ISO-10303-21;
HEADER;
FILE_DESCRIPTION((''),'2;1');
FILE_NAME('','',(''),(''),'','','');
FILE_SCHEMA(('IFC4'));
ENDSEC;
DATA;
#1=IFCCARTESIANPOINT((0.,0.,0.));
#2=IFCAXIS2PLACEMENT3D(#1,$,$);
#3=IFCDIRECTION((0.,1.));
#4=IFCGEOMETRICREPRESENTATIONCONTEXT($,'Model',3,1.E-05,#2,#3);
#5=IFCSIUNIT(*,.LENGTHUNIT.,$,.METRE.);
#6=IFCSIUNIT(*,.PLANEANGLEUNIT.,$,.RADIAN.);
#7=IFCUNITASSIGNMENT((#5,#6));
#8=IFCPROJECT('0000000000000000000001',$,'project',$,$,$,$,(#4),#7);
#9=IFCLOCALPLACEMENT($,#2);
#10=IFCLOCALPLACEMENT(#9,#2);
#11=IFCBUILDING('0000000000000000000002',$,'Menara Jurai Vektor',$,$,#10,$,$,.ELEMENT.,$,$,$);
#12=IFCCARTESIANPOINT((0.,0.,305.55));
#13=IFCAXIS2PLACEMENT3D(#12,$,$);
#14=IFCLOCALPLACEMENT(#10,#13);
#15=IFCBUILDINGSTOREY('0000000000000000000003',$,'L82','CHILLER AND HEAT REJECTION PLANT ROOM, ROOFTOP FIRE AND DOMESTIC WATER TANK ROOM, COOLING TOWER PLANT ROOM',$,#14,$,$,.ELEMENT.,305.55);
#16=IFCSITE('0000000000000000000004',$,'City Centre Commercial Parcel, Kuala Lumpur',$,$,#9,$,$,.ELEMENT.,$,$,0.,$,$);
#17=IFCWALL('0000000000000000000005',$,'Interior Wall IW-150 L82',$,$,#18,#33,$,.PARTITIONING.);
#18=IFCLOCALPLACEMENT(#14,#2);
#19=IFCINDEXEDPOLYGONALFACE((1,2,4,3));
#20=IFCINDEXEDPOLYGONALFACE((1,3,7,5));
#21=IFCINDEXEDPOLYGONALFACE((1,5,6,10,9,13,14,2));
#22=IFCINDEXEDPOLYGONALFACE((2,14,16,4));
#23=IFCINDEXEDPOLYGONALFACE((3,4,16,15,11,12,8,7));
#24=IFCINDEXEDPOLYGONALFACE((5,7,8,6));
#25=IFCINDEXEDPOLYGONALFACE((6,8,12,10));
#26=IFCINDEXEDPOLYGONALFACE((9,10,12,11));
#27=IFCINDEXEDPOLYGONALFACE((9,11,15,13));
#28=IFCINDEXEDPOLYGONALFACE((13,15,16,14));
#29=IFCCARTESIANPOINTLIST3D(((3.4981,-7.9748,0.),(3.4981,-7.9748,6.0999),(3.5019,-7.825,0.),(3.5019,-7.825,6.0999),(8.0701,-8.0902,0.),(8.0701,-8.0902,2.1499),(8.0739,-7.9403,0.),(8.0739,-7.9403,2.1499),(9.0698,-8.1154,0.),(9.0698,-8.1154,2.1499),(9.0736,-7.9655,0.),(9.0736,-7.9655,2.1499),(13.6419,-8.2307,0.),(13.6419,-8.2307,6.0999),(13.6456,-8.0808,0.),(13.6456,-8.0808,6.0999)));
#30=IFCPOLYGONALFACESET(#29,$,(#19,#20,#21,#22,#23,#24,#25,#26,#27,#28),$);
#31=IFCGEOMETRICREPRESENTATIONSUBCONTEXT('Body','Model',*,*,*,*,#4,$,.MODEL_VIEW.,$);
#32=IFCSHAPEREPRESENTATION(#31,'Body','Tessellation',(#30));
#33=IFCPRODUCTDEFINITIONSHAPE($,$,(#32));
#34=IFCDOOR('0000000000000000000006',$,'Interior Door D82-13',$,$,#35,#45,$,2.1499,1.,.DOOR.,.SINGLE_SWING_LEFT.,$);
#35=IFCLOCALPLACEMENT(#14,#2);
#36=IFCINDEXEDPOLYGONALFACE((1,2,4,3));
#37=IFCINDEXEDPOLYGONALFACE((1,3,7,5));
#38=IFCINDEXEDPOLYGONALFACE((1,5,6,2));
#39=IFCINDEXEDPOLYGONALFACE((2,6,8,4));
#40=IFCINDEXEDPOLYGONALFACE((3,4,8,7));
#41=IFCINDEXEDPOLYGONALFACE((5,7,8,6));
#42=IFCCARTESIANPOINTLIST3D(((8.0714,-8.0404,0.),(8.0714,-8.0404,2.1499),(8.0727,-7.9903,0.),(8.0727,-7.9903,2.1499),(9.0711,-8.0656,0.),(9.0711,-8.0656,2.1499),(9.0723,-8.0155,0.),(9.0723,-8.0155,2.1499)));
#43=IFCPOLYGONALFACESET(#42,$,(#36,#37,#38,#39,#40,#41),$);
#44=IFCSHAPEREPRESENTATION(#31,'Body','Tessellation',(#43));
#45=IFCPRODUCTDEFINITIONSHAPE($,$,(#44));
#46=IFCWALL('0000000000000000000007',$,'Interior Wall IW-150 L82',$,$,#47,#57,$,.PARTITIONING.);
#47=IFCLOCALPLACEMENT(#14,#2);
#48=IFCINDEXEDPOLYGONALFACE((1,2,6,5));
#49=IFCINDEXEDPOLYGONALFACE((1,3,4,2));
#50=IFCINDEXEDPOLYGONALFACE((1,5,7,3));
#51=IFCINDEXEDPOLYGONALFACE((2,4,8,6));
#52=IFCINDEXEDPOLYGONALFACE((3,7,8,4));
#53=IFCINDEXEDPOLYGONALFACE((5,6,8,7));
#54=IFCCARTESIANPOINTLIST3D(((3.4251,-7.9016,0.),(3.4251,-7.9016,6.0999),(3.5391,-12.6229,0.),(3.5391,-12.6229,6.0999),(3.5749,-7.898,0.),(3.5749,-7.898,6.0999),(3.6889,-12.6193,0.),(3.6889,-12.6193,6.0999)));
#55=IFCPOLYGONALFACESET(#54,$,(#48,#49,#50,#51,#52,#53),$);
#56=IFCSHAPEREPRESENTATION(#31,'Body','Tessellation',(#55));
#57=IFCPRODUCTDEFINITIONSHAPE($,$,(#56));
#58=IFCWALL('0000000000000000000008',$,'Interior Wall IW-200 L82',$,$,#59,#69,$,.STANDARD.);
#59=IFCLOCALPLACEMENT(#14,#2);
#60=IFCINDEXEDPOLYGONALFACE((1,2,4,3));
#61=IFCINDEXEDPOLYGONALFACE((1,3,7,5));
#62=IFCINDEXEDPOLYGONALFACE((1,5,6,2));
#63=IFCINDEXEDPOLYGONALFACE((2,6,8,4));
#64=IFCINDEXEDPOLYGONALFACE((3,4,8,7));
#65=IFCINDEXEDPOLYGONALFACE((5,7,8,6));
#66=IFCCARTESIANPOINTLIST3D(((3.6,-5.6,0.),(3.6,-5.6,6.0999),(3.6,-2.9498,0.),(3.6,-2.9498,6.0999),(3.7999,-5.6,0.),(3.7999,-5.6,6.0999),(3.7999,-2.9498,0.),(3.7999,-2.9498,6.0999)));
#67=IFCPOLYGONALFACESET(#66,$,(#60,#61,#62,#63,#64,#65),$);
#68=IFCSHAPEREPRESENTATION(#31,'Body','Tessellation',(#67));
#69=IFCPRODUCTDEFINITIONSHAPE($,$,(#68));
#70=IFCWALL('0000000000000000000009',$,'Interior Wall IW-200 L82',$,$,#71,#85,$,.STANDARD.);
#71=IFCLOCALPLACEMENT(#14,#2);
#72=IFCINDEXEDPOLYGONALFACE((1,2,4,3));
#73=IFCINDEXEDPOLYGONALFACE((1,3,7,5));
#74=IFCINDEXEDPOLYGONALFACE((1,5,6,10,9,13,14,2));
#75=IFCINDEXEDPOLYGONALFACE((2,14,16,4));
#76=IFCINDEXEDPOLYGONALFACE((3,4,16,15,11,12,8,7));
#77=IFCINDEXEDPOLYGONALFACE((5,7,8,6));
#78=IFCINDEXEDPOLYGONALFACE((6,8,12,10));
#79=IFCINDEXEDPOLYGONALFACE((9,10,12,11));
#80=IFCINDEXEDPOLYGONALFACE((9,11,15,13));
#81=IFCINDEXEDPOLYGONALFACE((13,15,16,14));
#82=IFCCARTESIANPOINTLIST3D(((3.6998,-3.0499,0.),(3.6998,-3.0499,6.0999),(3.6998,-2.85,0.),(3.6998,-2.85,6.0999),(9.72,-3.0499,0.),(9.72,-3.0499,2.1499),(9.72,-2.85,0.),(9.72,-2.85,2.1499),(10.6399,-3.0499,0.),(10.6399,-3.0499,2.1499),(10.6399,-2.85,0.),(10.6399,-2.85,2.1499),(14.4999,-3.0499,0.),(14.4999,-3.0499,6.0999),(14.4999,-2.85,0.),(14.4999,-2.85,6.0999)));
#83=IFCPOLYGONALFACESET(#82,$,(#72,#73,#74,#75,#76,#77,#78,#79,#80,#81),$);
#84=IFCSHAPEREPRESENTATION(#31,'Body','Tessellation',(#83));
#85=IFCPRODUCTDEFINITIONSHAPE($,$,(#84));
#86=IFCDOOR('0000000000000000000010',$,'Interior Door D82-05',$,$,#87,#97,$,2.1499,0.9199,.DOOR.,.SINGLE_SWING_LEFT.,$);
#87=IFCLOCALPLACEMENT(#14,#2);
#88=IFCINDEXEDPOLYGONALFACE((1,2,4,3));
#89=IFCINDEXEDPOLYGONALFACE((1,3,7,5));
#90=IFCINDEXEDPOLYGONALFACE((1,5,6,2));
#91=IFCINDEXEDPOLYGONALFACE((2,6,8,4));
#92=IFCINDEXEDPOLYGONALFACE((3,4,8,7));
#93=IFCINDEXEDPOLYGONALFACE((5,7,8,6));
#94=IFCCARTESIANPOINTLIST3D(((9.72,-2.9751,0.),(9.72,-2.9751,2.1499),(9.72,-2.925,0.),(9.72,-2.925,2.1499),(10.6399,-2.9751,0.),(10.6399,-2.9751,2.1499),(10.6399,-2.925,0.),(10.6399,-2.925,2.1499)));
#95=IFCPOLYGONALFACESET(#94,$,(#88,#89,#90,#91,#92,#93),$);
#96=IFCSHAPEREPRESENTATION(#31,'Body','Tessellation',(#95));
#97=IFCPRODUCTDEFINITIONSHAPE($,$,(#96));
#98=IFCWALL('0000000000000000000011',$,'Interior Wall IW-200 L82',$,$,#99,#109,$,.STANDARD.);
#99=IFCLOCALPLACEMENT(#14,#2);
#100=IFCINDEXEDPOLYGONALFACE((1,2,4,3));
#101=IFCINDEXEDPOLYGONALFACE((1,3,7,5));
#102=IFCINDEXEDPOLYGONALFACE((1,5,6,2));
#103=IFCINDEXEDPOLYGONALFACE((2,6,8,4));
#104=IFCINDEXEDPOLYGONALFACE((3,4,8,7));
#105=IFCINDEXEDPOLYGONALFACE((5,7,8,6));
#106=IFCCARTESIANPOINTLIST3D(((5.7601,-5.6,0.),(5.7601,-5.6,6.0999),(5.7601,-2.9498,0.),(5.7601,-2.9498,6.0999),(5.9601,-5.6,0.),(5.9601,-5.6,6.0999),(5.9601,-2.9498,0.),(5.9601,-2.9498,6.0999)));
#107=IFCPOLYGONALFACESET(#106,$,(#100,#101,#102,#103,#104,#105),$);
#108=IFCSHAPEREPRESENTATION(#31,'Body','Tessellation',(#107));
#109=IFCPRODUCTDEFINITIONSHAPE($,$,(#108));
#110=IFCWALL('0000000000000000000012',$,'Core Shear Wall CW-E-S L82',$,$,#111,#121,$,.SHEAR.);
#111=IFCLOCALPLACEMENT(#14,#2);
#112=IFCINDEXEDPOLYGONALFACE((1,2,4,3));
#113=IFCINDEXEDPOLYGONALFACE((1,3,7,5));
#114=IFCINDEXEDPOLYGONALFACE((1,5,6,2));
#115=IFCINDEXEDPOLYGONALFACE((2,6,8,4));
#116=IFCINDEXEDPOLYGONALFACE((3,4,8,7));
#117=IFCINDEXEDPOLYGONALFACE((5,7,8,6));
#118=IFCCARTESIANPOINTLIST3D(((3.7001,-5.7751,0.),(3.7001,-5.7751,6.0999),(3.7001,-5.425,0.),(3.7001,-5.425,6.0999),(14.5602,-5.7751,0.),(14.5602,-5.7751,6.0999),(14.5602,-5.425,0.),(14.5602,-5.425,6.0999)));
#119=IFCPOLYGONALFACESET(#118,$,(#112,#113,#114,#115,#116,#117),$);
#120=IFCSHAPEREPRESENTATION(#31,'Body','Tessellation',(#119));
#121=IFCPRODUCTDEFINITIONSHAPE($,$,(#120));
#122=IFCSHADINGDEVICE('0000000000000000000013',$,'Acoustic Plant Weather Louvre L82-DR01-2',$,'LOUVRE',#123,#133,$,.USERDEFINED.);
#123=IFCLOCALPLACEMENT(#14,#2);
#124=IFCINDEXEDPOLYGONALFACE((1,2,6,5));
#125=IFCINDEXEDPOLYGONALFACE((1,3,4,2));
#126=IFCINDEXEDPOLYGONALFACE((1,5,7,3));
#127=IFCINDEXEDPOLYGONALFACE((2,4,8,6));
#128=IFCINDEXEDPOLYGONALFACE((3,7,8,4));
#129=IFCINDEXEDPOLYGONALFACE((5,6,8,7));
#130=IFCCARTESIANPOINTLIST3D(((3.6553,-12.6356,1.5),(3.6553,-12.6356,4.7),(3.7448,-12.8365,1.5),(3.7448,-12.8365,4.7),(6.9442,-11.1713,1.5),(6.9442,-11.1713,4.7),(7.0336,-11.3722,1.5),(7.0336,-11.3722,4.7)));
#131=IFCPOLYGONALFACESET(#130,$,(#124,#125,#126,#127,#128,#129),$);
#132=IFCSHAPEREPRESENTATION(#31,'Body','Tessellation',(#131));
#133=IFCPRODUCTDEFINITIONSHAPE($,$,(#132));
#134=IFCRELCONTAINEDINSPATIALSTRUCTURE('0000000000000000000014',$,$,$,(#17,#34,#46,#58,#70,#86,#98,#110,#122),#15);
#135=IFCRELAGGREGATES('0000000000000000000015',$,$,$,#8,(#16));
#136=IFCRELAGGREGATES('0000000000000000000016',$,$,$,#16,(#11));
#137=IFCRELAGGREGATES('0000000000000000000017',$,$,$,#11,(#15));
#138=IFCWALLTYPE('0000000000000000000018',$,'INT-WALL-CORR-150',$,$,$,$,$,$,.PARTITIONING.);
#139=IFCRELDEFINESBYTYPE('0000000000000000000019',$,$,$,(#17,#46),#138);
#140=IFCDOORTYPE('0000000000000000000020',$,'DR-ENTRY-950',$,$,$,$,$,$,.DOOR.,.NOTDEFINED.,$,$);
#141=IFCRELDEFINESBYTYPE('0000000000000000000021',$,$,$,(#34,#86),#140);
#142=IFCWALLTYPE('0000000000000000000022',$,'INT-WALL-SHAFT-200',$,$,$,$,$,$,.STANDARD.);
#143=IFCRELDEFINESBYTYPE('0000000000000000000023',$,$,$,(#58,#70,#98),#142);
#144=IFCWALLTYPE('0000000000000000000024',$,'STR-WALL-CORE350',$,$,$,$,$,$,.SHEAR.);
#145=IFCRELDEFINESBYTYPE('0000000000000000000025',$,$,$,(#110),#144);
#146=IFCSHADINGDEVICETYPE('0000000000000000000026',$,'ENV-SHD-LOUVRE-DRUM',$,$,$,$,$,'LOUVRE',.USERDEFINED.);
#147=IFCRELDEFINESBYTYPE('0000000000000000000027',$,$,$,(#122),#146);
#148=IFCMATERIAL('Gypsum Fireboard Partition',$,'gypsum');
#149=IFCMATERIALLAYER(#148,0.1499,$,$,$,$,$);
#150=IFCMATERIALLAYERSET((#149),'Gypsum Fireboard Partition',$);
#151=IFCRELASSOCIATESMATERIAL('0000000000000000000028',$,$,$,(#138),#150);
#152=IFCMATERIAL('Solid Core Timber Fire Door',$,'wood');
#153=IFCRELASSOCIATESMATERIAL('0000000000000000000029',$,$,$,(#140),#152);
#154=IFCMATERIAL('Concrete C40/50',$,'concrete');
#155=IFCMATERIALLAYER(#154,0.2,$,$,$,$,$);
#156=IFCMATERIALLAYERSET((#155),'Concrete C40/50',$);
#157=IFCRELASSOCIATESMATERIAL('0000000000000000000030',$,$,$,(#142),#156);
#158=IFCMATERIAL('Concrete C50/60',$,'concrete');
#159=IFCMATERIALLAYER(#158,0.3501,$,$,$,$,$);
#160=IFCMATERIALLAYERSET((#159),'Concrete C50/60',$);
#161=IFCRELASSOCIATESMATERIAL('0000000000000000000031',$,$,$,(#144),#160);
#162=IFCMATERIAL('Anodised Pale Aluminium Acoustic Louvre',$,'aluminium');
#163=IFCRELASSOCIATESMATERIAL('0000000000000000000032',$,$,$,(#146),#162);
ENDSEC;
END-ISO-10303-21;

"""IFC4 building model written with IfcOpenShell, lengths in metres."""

from ifc_helpers import new_model, si_unit, direction, frame, frame_2d, origin, origin_2d, place, context, subcontext, project, spatial, rectangle, extrude, material, layer, layer_set, type_object, element, fill, save


model = new_model("IFC4")

# Units and contexts
model_context = context("Model", 3, precision=1e-05, world=origin(), true_north=direction((0.0, 1.0)))
body_context = subcontext(model_context, "Body", "Model", "MODEL_VIEW")
ifc_project = project(units=[si_unit("LENGTHUNIT", "METRE"), si_unit("PLANEANGLEUNIT", "RADIAN")], contexts=[model_context])

# Site, building, storey
site_placement = place(None, origin())
site = spatial("IfcSite", under=ifc_project, at=site_placement, Name="City Centre Commercial Parcel, Kuala Lumpur", CompositionType="ELEMENT", RefElevation=0.0)
building_placement = place(site_placement, origin())
building = spatial("IfcBuilding", under=site, at=building_placement, Name="Menara Jurai Vektor", CompositionType="ELEMENT")
storey_placement = place(building_placement, frame((0.0, 0.0, 305.55)))
storey = spatial("IfcBuildingStorey", under=building, at=storey_placement, Name="L82", Description="CHILLER AND HEAT REJECTION PLANT ROOM, ROOFTOP FIRE AND DOMESTIC WATER TANK ROOM, COOLING TOWER PLANT ROOM", CompositionType="ELEMENT", Elevation=305.55)

# Shared definitions
ifc_material_1 = material(Name="Concrete C50/60", Category="concrete")

# Wall, opening, door
ifc_material_2 = material(Name="Gypsum Fireboard Partition", Category="gypsum")
ifc_layer_1 = layer(ifc_material_2, 0.1499)
ifc_layer_set_1 = layer_set([ifc_layer_1], Name="Gypsum Fireboard Partition")
wall_type_1 = type_object("IfcWallType", Name="INT-WALL-CORR-150", PredefinedType="PARTITIONING", material=ifc_layer_set_1)
wall_1_placement = place(storey_placement, frame((3.5, -7.8999, 0.0), z_axis=(0.0, 0.0, 1.0), x_axis=(0.999682, -0.025215, 0.0)))
wall_1 = element("IfcWall", 1, at=wall_1_placement, inside=storey, type_object=wall_type_1, Name="Interior Wall IW-150 L82", PredefinedType="PARTITIONING", context=body_context, shape_type="SweptSolid", body=[
    extrude(rectangle(XDim=10.147, YDim=0.1499, at=frame_2d((5.0735, 0.0))), origin(), (0.0, 0.0, 1.0), 6.0999),
])
opening_1_placement = place(wall_1_placement, frame((4.5735, 0.0, 0.0)))
opening_1 = element("IfcOpeningElement", 2, at=opening_1_placement, cuts=wall_1, PredefinedType="OPENING", context=body_context, shape_type="SweptSolid", body=[
    extrude(rectangle(XDim=1.0, YDim=2.1499, at=frame_2d((0.5, 1.075))), frame((0.0, 0.085, 0.0), z_axis=(0.0, -1.0, 0.0), x_axis=(1.0, 0.0, 0.0)), (0.0, 0.0, 1.0), 0.1699),
])
ifc_material_3 = material(Name="Solid Core Timber Fire Door", Category="wood")
door_type_1 = type_object("IfcDoorType", Name="DR-ENTRY-950", OperationType="NOTDEFINED", PredefinedType="DOOR", material=ifc_material_3)
door_1_placement = place(opening_1_placement, origin())
door_1 = element("IfcDoor", 3, at=door_1_placement, inside=storey, type_object=door_type_1, Name="Interior Door D82-13", OperationType="SINGLE_SWING_LEFT", OverallHeight=2.1499, OverallWidth=1.0, PredefinedType="DOOR", context=body_context, shape_type="SweptSolid", body=[
    extrude(rectangle(XDim=1.0, YDim=2.1499, at=frame_2d((0.5, 1.075))), frame((0.0, 0.0249, 0.0), z_axis=(0.0, -1.0, 0.0), x_axis=(1.0, 0.0, 0.0)), (0.0, 0.0, 1.0), 0.05),
])
fill(opening_1, door_1)

# Walls
wall_2_placement = place(storey_placement, frame((3.614, -12.6211, 0.0), z_axis=(0.0, 0.0, 1.0), x_axis=(-0.024142, 0.999709, 0.0)))
element("IfcWall", 4, at=wall_2_placement, inside=storey, type_object=wall_type_1, Name="Interior Wall IW-150 L82", PredefinedType="PARTITIONING", context=body_context, shape_type="SweptSolid", body=[
    extrude(rectangle(XDim=4.7227, YDim=0.1499, at=frame_2d((2.3613, 0.0))), origin(), (0.0, 0.0, 1.0), 6.0999),
])
ifc_material_4 = material(Name="Concrete C40/50", Category="concrete")
ifc_layer_2 = layer(ifc_material_4, 0.2)
ifc_layer_set_2 = layer_set([ifc_layer_2], Name="Concrete C40/50")
wall_type_2 = type_object("IfcWallType", Name="INT-WALL-SHAFT-200", PredefinedType="STANDARD", material=ifc_layer_set_2)
wall_3_placement = place(storey_placement, frame((3.7, -5.6001, 0.0), z_axis=(0.0, 0.0, 1.0), x_axis=(0.0, 1.0, 0.0)))
element("IfcWall", 5, at=wall_3_placement, inside=storey, type_object=wall_type_2, Name="Interior Wall IW-200 L82", PredefinedType="STANDARD", context=body_context, shape_type="SweptSolid", body=[
    extrude(rectangle(XDim=2.6501, YDim=0.2, at=frame_2d((1.3252, 0.0))), origin(), (0.0, 0.0, 1.0), 6.0999),
])

# Wall, opening, door
wall_4_placement = place(storey_placement, frame((3.7, -2.95, 0.0), z_axis=(0.0, 0.0, 1.0), x_axis=(1.0, 0.0, 0.0)))
wall_4 = element("IfcWall", 6, at=wall_4_placement, inside=storey, type_object=wall_type_2, Name="Interior Wall IW-200 L82", PredefinedType="STANDARD", context=body_context, shape_type="SweptSolid", body=[
    extrude(rectangle(XDim=10.8, YDim=0.2, at=frame_2d((5.3999, 0.0))), origin(), (0.0, 0.0, 1.0), 6.0999),
])
opening_2_placement = place(wall_4_placement, frame((6.02, 0.0, 0.0)))
opening_2 = element("IfcOpeningElement", 7, at=opening_2_placement, cuts=wall_4, PredefinedType="OPENING", context=body_context, shape_type="SweptSolid", body=[
    extrude(rectangle(XDim=0.9199, YDim=2.1499, at=frame_2d((0.46, 1.075))), frame((0.0, 0.1099, 0.0), z_axis=(0.0, -1.0, 0.0), x_axis=(1.0, 0.0, 0.0)), (0.0, 0.0, 1.0), 0.22),
])
door_2_placement = place(opening_2_placement, origin())
door_2 = element("IfcDoor", 8, at=door_2_placement, inside=storey, type_object=door_type_1, Name="Interior Door D82-05", OperationType="SINGLE_SWING_LEFT", OverallHeight=2.1499, OverallWidth=0.9199, PredefinedType="DOOR", context=body_context, shape_type="SweptSolid", body=[
    extrude(rectangle(XDim=0.9199, YDim=2.1499, at=frame_2d((0.46, 1.075))), frame((0.0, 0.0249, 0.0), z_axis=(0.0, -1.0, 0.0), x_axis=(1.0, 0.0, 0.0)), (0.0, 0.0, 1.0), 0.05),
])
fill(opening_2, door_2)

# Walls
wall_5_placement = place(storey_placement, frame((5.8601, -5.6001, 0.0), z_axis=(0.0, 0.0, 1.0), x_axis=(0.0, 1.0, 0.0)))
element("IfcWall", 9, at=wall_5_placement, inside=storey, type_object=wall_type_2, Name="Interior Wall IW-200 L82", PredefinedType="STANDARD", context=body_context, shape_type="SweptSolid", body=[
    extrude(rectangle(XDim=2.6501, YDim=0.2, at=frame_2d((1.3252, 0.0))), origin(), (0.0, 0.0, 1.0), 6.0999),
])
ifc_layer_3 = layer(ifc_material_1, 0.3501)
ifc_layer_set_3 = layer_set([ifc_layer_3], Name="Concrete C50/60")
wall_type_3 = type_object("IfcWallType", Name="STR-WALL-CORE350", PredefinedType="SHEAR", material=ifc_layer_set_3)
wall_6_placement = place(storey_placement, frame((3.7, -5.6001, 0.0), z_axis=(0.0, 0.0, 1.0), x_axis=(1.0, 0.0, 0.0)))
element("IfcWall", 10, at=wall_6_placement, inside=storey, type_object=wall_type_3, Name="Core Shear Wall CW-E-S L82", PredefinedType="SHEAR", context=body_context, shape_type="SweptSolid", body=[
    extrude(rectangle(XDim=10.8601, YDim=0.3501, at=frame_2d((5.4302, 0.0))), origin(), (0.0, 0.0, 1.0), 6.0999),
])

# Shading device
ifc_material_5 = material(Name="Anodised Pale Aluminium Acoustic Louvre", Category="aluminium")
shading_device_type = type_object("IfcShadingDeviceType", Name="ENV-SHD-LOUVRE-DRUM", ElementType="LOUVRE", PredefinedType="USERDEFINED", material=ifc_material_5)
shading_device_placement = place(storey_placement, frame((5.3445, -12.0039, 1.5), z_axis=(0.0, 0.0, 1.0), x_axis=(0.913545, 0.406737, 0.0)))
element("IfcShadingDevice", 11, at=shading_device_placement, inside=storey, type_object=shading_device_type, Name="Acoustic Plant Weather Louvre L82-DR01-2", ObjectType="LOUVRE", PredefinedType="USERDEFINED", context=body_context, shape_type="SweptSolid", body=[
    extrude(rectangle(XDim=3.6001, YDim=0.22, at=origin_2d()), origin(), (0.0, 0.0, 1.0), 3.2),
])

save(model, "model.ifc")
